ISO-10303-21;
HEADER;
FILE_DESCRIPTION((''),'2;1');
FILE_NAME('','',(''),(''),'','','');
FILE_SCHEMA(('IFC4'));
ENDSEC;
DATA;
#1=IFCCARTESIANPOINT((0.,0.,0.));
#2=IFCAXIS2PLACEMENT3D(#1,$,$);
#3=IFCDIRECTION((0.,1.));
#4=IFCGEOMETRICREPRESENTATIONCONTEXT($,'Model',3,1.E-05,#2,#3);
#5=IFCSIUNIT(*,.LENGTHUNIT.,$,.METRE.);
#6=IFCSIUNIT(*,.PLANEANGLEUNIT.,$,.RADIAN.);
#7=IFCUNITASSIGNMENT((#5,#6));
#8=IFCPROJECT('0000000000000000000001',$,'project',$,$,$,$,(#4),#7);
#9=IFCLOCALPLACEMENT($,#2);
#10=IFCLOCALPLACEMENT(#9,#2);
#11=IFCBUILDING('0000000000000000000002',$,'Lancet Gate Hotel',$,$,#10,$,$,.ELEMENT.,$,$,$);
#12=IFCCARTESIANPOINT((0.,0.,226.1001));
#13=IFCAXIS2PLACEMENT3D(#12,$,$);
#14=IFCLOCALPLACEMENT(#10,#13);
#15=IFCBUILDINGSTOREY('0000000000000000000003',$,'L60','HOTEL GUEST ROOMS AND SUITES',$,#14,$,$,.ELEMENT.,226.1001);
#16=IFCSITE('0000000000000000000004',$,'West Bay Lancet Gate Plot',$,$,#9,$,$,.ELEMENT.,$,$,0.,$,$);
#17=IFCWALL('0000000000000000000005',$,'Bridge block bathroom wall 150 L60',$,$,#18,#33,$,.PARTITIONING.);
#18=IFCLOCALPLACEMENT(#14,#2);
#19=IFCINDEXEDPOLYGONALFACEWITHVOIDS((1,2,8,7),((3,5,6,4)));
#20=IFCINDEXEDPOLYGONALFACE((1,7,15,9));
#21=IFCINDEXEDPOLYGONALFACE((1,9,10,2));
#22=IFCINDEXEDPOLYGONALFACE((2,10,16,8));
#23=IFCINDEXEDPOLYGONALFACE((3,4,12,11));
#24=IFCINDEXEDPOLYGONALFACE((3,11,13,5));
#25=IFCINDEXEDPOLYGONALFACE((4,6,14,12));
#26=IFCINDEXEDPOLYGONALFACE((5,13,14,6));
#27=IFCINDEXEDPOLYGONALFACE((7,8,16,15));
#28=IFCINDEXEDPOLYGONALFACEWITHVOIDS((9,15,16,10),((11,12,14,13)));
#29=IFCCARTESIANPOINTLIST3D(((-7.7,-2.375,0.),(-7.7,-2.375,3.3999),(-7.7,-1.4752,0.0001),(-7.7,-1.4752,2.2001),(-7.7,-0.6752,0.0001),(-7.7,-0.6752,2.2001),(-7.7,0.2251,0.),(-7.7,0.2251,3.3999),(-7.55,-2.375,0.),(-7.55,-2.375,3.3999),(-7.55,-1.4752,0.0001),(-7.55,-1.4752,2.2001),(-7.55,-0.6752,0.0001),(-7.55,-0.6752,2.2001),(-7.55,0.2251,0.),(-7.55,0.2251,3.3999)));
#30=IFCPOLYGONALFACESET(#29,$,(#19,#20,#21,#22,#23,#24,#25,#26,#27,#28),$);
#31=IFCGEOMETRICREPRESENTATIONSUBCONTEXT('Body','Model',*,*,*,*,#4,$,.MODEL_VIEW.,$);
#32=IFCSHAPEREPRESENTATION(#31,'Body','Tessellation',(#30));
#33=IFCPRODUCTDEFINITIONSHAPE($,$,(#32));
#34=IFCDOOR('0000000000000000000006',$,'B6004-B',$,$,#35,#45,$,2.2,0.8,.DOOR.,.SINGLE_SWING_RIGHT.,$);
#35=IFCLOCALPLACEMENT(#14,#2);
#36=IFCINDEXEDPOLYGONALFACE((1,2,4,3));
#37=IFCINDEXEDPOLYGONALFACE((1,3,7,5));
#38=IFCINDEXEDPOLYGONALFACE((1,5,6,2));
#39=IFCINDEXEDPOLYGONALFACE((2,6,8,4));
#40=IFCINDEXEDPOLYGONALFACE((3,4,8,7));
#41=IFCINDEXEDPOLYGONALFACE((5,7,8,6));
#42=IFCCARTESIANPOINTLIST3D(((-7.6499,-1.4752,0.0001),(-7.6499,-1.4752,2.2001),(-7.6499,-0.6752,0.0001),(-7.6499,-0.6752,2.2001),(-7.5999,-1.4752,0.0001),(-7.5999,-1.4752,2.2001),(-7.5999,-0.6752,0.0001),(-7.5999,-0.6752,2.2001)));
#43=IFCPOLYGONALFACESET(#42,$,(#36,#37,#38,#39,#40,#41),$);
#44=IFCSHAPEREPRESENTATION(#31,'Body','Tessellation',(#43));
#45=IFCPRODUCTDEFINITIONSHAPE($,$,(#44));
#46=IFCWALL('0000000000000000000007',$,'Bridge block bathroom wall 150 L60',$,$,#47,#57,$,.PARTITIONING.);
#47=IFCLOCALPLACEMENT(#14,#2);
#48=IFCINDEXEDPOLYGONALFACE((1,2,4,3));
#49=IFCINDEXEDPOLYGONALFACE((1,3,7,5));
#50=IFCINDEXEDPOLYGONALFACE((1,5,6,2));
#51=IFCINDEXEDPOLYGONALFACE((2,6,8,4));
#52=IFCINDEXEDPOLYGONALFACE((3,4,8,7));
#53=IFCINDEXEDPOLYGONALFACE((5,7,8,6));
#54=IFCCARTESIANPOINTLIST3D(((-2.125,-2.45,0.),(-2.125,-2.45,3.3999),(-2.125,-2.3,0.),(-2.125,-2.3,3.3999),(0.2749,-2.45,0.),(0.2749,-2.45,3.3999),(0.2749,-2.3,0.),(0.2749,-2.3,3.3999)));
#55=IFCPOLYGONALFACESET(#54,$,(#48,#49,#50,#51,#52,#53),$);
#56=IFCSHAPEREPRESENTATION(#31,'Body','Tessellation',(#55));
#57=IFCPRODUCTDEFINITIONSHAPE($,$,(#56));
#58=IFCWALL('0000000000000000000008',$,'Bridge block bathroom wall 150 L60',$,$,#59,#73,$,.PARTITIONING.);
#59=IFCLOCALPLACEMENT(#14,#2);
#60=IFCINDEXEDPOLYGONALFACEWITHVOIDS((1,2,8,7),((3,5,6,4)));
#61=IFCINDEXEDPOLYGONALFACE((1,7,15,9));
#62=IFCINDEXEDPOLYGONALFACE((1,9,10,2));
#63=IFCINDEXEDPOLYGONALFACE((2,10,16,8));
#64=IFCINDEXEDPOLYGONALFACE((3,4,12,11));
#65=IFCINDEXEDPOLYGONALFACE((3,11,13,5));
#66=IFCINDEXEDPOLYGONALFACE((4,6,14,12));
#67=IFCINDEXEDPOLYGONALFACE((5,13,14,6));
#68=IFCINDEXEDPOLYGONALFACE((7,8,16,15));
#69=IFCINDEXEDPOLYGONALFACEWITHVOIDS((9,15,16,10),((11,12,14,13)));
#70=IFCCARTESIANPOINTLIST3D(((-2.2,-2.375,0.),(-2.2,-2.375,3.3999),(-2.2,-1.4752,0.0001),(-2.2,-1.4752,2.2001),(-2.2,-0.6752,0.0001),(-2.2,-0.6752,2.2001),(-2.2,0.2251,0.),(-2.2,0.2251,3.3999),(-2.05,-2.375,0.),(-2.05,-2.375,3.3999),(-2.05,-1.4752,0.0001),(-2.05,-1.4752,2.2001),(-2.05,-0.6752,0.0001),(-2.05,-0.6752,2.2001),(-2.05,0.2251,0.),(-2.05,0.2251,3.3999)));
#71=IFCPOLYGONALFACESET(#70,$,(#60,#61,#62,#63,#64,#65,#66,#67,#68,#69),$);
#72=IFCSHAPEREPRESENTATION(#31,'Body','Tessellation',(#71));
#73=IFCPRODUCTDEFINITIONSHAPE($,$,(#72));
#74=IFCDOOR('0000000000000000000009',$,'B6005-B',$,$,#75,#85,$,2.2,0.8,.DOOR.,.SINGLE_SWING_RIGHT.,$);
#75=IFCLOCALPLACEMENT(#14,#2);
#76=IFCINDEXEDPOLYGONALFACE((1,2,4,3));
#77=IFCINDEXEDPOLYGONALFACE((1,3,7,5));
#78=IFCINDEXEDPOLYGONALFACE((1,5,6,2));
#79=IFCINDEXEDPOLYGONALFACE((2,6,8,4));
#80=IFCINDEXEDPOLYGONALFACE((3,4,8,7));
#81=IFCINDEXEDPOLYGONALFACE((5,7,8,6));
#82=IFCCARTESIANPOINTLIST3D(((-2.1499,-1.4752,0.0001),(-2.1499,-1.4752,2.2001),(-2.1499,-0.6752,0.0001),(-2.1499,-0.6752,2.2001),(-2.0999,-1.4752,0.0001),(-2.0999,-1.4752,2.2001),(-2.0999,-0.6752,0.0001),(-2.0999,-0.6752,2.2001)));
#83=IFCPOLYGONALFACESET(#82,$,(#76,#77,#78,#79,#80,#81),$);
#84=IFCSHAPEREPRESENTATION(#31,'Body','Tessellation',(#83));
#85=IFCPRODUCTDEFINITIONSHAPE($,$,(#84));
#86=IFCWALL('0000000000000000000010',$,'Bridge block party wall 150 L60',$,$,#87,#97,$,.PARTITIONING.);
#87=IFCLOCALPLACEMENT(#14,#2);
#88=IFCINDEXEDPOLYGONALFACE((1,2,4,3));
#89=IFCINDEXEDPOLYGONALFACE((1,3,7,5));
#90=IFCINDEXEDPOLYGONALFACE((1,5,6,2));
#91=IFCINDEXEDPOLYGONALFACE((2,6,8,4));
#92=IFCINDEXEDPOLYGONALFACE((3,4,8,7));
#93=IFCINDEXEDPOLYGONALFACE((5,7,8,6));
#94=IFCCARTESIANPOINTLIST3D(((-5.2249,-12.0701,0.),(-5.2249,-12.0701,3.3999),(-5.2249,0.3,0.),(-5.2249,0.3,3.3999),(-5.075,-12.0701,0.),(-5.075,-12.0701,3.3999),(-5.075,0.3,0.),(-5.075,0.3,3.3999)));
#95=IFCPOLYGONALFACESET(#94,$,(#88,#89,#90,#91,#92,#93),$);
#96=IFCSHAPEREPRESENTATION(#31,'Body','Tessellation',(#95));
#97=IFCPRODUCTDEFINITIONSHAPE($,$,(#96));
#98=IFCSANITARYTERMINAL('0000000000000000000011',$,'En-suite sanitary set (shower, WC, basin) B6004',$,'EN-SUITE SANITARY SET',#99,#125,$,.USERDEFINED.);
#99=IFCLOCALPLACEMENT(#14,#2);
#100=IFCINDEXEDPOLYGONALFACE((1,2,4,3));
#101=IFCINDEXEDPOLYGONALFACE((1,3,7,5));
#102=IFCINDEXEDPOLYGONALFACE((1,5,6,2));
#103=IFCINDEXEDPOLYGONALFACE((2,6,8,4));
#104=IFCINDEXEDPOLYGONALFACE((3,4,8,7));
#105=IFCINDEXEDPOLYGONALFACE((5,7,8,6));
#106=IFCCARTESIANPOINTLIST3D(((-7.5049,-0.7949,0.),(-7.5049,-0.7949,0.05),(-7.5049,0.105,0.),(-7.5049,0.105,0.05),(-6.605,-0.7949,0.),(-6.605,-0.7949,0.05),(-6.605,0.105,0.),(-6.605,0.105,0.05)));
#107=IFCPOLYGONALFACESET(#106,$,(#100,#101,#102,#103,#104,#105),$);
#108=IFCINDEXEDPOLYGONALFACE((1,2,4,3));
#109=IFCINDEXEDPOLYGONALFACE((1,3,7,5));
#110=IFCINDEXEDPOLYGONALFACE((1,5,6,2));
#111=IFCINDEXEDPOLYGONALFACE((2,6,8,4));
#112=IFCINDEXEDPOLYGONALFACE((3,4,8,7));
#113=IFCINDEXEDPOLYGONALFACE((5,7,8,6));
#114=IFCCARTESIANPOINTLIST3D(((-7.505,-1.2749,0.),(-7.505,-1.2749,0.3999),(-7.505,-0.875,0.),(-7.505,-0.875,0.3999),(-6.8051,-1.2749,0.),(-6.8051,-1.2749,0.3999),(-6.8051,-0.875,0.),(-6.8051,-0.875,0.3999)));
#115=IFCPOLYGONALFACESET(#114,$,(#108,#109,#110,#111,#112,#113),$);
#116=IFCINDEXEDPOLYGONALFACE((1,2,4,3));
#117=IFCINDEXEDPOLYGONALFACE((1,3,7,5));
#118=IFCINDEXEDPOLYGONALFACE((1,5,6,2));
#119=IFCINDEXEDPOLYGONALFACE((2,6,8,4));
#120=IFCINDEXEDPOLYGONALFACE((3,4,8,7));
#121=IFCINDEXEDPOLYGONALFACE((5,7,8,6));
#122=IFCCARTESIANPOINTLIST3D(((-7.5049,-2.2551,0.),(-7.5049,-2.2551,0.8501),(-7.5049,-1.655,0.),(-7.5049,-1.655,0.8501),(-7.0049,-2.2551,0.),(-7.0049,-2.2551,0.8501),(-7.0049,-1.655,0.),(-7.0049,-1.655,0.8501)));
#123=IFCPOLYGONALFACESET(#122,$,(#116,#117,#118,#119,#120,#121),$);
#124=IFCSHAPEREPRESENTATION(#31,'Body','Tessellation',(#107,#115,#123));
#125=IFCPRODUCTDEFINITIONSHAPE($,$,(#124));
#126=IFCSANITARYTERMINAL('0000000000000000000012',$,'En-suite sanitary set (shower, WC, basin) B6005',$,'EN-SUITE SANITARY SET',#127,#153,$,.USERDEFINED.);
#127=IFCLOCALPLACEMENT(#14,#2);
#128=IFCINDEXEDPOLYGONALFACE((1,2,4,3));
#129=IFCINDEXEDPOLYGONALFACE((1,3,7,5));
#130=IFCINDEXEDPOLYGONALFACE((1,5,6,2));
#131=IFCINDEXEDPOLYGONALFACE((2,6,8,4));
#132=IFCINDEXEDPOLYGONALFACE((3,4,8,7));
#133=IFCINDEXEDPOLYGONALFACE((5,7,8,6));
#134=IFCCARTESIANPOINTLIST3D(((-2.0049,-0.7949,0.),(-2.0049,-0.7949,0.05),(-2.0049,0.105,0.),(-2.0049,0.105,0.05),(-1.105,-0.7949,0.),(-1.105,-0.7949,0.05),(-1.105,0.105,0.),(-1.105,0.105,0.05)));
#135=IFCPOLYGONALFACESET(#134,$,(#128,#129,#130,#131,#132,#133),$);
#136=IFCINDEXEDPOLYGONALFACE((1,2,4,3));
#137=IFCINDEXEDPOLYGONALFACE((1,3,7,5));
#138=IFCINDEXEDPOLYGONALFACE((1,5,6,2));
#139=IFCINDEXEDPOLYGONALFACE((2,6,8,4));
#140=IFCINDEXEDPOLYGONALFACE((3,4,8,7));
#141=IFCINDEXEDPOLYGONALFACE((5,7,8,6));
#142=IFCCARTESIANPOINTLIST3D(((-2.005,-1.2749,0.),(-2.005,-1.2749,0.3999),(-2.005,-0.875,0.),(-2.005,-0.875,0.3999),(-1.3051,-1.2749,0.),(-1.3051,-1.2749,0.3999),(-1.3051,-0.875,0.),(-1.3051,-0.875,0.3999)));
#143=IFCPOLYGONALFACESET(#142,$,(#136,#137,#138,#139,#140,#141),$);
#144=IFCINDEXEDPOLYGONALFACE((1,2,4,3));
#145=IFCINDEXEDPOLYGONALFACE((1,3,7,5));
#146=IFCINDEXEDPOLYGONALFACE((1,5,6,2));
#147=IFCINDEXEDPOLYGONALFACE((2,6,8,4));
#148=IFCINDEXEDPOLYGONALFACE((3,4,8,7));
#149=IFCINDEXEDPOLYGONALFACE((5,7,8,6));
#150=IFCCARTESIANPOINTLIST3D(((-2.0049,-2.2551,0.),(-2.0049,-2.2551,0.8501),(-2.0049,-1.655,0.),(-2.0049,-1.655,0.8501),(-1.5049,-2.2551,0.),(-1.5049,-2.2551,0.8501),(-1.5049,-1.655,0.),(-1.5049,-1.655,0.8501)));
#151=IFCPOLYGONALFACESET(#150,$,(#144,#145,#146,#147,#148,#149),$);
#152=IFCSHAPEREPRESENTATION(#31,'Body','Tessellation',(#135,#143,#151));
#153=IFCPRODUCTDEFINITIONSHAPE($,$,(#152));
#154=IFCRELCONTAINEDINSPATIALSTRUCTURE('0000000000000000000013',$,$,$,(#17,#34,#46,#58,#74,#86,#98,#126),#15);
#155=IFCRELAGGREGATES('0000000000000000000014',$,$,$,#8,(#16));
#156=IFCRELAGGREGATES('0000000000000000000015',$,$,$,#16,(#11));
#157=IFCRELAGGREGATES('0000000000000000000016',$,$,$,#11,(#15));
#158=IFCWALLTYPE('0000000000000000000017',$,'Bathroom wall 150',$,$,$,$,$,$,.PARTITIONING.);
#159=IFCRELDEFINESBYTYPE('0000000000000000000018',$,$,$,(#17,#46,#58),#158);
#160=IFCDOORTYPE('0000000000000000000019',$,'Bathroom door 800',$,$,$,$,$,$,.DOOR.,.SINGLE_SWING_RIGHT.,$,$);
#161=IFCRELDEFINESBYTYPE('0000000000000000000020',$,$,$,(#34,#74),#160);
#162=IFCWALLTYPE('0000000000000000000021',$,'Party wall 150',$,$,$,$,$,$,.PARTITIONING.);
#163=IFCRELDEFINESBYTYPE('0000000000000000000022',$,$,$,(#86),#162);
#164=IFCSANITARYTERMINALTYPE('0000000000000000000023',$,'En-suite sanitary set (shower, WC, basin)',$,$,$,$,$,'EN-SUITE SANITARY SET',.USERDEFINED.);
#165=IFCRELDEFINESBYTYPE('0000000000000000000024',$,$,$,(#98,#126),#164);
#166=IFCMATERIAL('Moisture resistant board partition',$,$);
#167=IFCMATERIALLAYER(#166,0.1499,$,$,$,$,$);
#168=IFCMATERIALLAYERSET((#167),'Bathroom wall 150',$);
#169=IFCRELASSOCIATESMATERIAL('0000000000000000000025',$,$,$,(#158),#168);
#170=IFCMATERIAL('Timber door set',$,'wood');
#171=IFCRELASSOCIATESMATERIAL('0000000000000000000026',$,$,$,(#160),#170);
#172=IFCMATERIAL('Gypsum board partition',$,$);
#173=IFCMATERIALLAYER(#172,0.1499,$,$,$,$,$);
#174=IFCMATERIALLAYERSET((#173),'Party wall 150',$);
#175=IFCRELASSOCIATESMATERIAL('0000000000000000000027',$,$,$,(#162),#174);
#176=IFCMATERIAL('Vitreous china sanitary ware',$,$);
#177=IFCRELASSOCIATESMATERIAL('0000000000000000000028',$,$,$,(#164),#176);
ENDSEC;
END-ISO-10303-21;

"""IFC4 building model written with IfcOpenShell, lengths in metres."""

from ifc_helpers import new_model, si_unit, direction, frame, frame_2d, origin, origin_2d, place, context, subcontext, project, spatial, rectangle, extrude, material, layer, layer_set, type_object, element, fill, save


model = new_model("IFC4")

# Units and contexts
model_context = context("Model", 3, precision=1e-05, world=origin(), true_north=direction((0.0, 1.0)))
body_context = subcontext(model_context, "Body", "Model", "MODEL_VIEW")
ifc_project = project(units=[si_unit("LENGTHUNIT", "METRE"), si_unit("PLANEANGLEUNIT", "RADIAN")], contexts=[model_context])

# Site, building, storey
site_placement = place(None, origin())
site = spatial("IfcSite", under=ifc_project, at=site_placement, Name="West Bay Lancet Gate Plot", CompositionType="ELEMENT", RefElevation=0.0)
building_placement = place(site_placement, origin())
building = spatial("IfcBuilding", under=site, at=building_placement, Name="Lancet Gate Hotel", CompositionType="ELEMENT")
storey_placement = place(building_placement, frame((0.0, 0.0, 226.1001)))
storey = spatial("IfcBuildingStorey", under=building, at=storey_placement, Name="L60", Description="HOTEL GUEST ROOMS AND SUITES", CompositionType="ELEMENT", Elevation=226.1001)

# Shared definitions
ifc_material_1 = material(Name="Moisture resistant board partition")
ifc_layer_1 = layer(ifc_material_1, 0.1499)
ifc_layer_set_1 = layer_set([ifc_layer_1], Name="Bathroom wall 150")
wall_type_1 = type_object("IfcWallType", Name="Bathroom wall 150", PredefinedType="PARTITIONING", material=ifc_layer_set_1)

# Wall, opening, door
wall_1_placement = place(storey_placement, frame((-7.625, -2.375, 0.0), z_axis=(0.0, 0.0, 1.0), x_axis=(0.0, 1.0, 0.0)))
wall_1 = element("IfcWall", 1, at=wall_1_placement, inside=storey, type_object=wall_type_1, Name="Bridge block bathroom wall 150 L60", PredefinedType="PARTITIONING", context=body_context, shape_type="SweptSolid", body=[
    extrude(rectangle(XDim=2.6001, YDim=0.1499, at=frame_2d((1.3, 0.0))), origin(), (0.0, 0.0, 1.0), 3.3999),
])
opening_1_placement = place(wall_1_placement, frame((0.8999, 0.0, 0.0)))
opening_1 = element("IfcOpeningElement", 2, at=opening_1_placement, cuts=wall_1, PredefinedType="OPENING", context=body_context, shape_type="SweptSolid", body=[
    extrude(rectangle(XDim=0.8, YDim=2.2, at=frame_2d((0.3999, 1.1001))), frame((0.0, 0.085, 0.0), z_axis=(0.0, -1.0, 0.0), x_axis=(1.0, 0.0, 0.0)), (0.0, 0.0, 1.0), 0.1699),
])
ifc_material_2 = material(Name="Timber door set", Category="wood")
door_type = type_object("IfcDoorType", Name="Bathroom door 800", OperationType="SINGLE_SWING_RIGHT", PredefinedType="DOOR", material=ifc_material_2)
door_1_placement = place(opening_1_placement, origin())
door_1 = element("IfcDoor", 3, at=door_1_placement, inside=storey, type_object=door_type, Name="B6004-B", OperationType="SINGLE_SWING_RIGHT", OverallHeight=2.2, OverallWidth=0.8, PredefinedType="DOOR", context=body_context, shape_type="SweptSolid", body=[
    extrude(rectangle(XDim=0.8, YDim=2.2, at=frame_2d((0.3999, 1.1001))), frame((0.0, 0.0249, 0.0), z_axis=(0.0, -1.0, 0.0), x_axis=(1.0, 0.0, 0.0)), (0.0, 0.0, 1.0), 0.05),
])
fill(opening_1, door_1)

# Wall
wall_2_placement = place(storey_placement, frame((-2.125, -2.375, 0.0), z_axis=(0.0, 0.0, 1.0), x_axis=(1.0, 0.0, 0.0)))
element("IfcWall", 4, at=wall_2_placement, inside=storey, type_object=wall_type_1, Name="Bridge block bathroom wall 150 L60", PredefinedType="PARTITIONING", context=body_context, shape_type="SweptSolid", body=[
    extrude(rectangle(XDim=2.3999, YDim=0.1499, at=frame_2d((1.2, 0.0))), origin(), (0.0, 0.0, 1.0), 3.3999),
])

# Wall, opening, door
wall_3_placement = place(storey_placement, frame((-2.125, -2.375, 0.0), z_axis=(0.0, 0.0, 1.0), x_axis=(0.0, 1.0, 0.0)))
wall_3 = element("IfcWall", 5, at=wall_3_placement, inside=storey, type_object=wall_type_1, Name="Bridge block bathroom wall 150 L60", PredefinedType="PARTITIONING", context=body_context, shape_type="SweptSolid", body=[
    extrude(rectangle(XDim=2.6001, YDim=0.1499, at=frame_2d((1.3, 0.0))), origin(), (0.0, 0.0, 1.0), 3.3999),
])
opening_2_placement = place(wall_3_placement, frame((0.8999, 0.0, 0.0)))
opening_2 = element("IfcOpeningElement", 6, at=opening_2_placement, cuts=wall_3, PredefinedType="OPENING", context=body_context, shape_type="SweptSolid", body=[
    extrude(rectangle(XDim=0.8, YDim=2.2, at=frame_2d((0.3999, 1.1001))), frame((0.0, 0.085, 0.0), z_axis=(0.0, -1.0, 0.0), x_axis=(1.0, 0.0, 0.0)), (0.0, 0.0, 1.0), 0.1699),
])
door_2_placement = place(opening_2_placement, origin())
door_2 = element("IfcDoor", 7, at=door_2_placement, inside=storey, type_object=door_type, Name="B6005-B", OperationType="SINGLE_SWING_RIGHT", OverallHeight=2.2, OverallWidth=0.8, PredefinedType="DOOR", context=body_context, shape_type="SweptSolid", body=[
    extrude(rectangle(XDim=0.8, YDim=2.2, at=frame_2d((0.3999, 1.1001))), frame((0.0, 0.0249, 0.0), z_axis=(0.0, -1.0, 0.0), x_axis=(1.0, 0.0, 0.0)), (0.0, 0.0, 1.0), 0.05),
])
fill(opening_2, door_2)

# Wall
ifc_material_3 = material(Name="Gypsum board partition")
ifc_layer_2 = layer(ifc_material_3, 0.1499)
ifc_layer_set_2 = layer_set([ifc_layer_2], Name="Party wall 150")
wall_type_2 = type_object("IfcWallType", Name="Party wall 150", PredefinedType="PARTITIONING", material=ifc_layer_set_2)
wall_4_placement = place(storey_placement, frame((-5.1499, -12.0701, 0.0), z_axis=(0.0, 0.0, 1.0), x_axis=(0.0, 1.0, 0.0)))
element("IfcWall", 8, at=wall_4_placement, inside=storey, type_object=wall_type_2, Name="Bridge block party wall 150 L60", PredefinedType="PARTITIONING", context=body_context, shape_type="SweptSolid", body=[
    extrude(rectangle(XDim=12.3701, YDim=0.1499, at=frame_2d((6.1851, 0.0))), origin(), (0.0, 0.0, 1.0), 3.3999),
])

# Sanitary terminals
ifc_material_4 = material(Name="Vitreous china sanitary ware")
sanitary_terminal_type = type_object("IfcSanitaryTerminalType", Name="En-suite sanitary set (shower, WC, basin)", ElementType="EN-SUITE SANITARY SET", PredefinedType="USERDEFINED", material=ifc_material_4)
for number, where, z_axis, x_axis, name in (
    (9, (-7.0549, -0.345, 0.0), (0.0, 0.0, 1.0), (1.0, 0.0, 0.0), "En-suite sanitary set (shower, WC, basin) B6004"),
    (10, (-1.5549, -0.345, 0.0), (0.0, 0.0, 1.0), (1.0, 0.0, 0.0), "En-suite sanitary set (shower, WC, basin) B6005"),
):
    element("IfcSanitaryTerminal", number, at=place(storey_placement, frame(where, z_axis=z_axis, x_axis=x_axis)), inside=storey, type_object=sanitary_terminal_type, Name=name, ObjectType="EN-SUITE SANITARY SET", PredefinedType="USERDEFINED", context=body_context, shape_type="SweptSolid", body=[
        extrude(rectangle(XDim=0.8999, YDim=0.8999, at=origin_2d()), frame((0.0, 0.0, 0.0), z_axis=(0.0, 0.0, 1.0), x_axis=(0.0, 1.0, 0.0)), (0.0, 0.0, 1.0), 0.05),
        extrude(rectangle(XDim=0.3999, YDim=0.7, at=origin_2d()), frame((-0.1001, -0.73, 0.0), z_axis=(0.0, 0.0, 1.0), x_axis=(0.0, 1.0, 0.0)), (0.0, 0.0, 1.0), 0.3999),
        extrude(rectangle(XDim=0.6001, YDim=0.5, at=origin_2d()), frame((-0.2, -1.6101, 0.0), z_axis=(0.0, 0.0, 1.0), x_axis=(0.0, 1.0, 0.0)), (0.0, 0.0, 1.0), 0.8501),
    ])

save(model, "model.ifc")
